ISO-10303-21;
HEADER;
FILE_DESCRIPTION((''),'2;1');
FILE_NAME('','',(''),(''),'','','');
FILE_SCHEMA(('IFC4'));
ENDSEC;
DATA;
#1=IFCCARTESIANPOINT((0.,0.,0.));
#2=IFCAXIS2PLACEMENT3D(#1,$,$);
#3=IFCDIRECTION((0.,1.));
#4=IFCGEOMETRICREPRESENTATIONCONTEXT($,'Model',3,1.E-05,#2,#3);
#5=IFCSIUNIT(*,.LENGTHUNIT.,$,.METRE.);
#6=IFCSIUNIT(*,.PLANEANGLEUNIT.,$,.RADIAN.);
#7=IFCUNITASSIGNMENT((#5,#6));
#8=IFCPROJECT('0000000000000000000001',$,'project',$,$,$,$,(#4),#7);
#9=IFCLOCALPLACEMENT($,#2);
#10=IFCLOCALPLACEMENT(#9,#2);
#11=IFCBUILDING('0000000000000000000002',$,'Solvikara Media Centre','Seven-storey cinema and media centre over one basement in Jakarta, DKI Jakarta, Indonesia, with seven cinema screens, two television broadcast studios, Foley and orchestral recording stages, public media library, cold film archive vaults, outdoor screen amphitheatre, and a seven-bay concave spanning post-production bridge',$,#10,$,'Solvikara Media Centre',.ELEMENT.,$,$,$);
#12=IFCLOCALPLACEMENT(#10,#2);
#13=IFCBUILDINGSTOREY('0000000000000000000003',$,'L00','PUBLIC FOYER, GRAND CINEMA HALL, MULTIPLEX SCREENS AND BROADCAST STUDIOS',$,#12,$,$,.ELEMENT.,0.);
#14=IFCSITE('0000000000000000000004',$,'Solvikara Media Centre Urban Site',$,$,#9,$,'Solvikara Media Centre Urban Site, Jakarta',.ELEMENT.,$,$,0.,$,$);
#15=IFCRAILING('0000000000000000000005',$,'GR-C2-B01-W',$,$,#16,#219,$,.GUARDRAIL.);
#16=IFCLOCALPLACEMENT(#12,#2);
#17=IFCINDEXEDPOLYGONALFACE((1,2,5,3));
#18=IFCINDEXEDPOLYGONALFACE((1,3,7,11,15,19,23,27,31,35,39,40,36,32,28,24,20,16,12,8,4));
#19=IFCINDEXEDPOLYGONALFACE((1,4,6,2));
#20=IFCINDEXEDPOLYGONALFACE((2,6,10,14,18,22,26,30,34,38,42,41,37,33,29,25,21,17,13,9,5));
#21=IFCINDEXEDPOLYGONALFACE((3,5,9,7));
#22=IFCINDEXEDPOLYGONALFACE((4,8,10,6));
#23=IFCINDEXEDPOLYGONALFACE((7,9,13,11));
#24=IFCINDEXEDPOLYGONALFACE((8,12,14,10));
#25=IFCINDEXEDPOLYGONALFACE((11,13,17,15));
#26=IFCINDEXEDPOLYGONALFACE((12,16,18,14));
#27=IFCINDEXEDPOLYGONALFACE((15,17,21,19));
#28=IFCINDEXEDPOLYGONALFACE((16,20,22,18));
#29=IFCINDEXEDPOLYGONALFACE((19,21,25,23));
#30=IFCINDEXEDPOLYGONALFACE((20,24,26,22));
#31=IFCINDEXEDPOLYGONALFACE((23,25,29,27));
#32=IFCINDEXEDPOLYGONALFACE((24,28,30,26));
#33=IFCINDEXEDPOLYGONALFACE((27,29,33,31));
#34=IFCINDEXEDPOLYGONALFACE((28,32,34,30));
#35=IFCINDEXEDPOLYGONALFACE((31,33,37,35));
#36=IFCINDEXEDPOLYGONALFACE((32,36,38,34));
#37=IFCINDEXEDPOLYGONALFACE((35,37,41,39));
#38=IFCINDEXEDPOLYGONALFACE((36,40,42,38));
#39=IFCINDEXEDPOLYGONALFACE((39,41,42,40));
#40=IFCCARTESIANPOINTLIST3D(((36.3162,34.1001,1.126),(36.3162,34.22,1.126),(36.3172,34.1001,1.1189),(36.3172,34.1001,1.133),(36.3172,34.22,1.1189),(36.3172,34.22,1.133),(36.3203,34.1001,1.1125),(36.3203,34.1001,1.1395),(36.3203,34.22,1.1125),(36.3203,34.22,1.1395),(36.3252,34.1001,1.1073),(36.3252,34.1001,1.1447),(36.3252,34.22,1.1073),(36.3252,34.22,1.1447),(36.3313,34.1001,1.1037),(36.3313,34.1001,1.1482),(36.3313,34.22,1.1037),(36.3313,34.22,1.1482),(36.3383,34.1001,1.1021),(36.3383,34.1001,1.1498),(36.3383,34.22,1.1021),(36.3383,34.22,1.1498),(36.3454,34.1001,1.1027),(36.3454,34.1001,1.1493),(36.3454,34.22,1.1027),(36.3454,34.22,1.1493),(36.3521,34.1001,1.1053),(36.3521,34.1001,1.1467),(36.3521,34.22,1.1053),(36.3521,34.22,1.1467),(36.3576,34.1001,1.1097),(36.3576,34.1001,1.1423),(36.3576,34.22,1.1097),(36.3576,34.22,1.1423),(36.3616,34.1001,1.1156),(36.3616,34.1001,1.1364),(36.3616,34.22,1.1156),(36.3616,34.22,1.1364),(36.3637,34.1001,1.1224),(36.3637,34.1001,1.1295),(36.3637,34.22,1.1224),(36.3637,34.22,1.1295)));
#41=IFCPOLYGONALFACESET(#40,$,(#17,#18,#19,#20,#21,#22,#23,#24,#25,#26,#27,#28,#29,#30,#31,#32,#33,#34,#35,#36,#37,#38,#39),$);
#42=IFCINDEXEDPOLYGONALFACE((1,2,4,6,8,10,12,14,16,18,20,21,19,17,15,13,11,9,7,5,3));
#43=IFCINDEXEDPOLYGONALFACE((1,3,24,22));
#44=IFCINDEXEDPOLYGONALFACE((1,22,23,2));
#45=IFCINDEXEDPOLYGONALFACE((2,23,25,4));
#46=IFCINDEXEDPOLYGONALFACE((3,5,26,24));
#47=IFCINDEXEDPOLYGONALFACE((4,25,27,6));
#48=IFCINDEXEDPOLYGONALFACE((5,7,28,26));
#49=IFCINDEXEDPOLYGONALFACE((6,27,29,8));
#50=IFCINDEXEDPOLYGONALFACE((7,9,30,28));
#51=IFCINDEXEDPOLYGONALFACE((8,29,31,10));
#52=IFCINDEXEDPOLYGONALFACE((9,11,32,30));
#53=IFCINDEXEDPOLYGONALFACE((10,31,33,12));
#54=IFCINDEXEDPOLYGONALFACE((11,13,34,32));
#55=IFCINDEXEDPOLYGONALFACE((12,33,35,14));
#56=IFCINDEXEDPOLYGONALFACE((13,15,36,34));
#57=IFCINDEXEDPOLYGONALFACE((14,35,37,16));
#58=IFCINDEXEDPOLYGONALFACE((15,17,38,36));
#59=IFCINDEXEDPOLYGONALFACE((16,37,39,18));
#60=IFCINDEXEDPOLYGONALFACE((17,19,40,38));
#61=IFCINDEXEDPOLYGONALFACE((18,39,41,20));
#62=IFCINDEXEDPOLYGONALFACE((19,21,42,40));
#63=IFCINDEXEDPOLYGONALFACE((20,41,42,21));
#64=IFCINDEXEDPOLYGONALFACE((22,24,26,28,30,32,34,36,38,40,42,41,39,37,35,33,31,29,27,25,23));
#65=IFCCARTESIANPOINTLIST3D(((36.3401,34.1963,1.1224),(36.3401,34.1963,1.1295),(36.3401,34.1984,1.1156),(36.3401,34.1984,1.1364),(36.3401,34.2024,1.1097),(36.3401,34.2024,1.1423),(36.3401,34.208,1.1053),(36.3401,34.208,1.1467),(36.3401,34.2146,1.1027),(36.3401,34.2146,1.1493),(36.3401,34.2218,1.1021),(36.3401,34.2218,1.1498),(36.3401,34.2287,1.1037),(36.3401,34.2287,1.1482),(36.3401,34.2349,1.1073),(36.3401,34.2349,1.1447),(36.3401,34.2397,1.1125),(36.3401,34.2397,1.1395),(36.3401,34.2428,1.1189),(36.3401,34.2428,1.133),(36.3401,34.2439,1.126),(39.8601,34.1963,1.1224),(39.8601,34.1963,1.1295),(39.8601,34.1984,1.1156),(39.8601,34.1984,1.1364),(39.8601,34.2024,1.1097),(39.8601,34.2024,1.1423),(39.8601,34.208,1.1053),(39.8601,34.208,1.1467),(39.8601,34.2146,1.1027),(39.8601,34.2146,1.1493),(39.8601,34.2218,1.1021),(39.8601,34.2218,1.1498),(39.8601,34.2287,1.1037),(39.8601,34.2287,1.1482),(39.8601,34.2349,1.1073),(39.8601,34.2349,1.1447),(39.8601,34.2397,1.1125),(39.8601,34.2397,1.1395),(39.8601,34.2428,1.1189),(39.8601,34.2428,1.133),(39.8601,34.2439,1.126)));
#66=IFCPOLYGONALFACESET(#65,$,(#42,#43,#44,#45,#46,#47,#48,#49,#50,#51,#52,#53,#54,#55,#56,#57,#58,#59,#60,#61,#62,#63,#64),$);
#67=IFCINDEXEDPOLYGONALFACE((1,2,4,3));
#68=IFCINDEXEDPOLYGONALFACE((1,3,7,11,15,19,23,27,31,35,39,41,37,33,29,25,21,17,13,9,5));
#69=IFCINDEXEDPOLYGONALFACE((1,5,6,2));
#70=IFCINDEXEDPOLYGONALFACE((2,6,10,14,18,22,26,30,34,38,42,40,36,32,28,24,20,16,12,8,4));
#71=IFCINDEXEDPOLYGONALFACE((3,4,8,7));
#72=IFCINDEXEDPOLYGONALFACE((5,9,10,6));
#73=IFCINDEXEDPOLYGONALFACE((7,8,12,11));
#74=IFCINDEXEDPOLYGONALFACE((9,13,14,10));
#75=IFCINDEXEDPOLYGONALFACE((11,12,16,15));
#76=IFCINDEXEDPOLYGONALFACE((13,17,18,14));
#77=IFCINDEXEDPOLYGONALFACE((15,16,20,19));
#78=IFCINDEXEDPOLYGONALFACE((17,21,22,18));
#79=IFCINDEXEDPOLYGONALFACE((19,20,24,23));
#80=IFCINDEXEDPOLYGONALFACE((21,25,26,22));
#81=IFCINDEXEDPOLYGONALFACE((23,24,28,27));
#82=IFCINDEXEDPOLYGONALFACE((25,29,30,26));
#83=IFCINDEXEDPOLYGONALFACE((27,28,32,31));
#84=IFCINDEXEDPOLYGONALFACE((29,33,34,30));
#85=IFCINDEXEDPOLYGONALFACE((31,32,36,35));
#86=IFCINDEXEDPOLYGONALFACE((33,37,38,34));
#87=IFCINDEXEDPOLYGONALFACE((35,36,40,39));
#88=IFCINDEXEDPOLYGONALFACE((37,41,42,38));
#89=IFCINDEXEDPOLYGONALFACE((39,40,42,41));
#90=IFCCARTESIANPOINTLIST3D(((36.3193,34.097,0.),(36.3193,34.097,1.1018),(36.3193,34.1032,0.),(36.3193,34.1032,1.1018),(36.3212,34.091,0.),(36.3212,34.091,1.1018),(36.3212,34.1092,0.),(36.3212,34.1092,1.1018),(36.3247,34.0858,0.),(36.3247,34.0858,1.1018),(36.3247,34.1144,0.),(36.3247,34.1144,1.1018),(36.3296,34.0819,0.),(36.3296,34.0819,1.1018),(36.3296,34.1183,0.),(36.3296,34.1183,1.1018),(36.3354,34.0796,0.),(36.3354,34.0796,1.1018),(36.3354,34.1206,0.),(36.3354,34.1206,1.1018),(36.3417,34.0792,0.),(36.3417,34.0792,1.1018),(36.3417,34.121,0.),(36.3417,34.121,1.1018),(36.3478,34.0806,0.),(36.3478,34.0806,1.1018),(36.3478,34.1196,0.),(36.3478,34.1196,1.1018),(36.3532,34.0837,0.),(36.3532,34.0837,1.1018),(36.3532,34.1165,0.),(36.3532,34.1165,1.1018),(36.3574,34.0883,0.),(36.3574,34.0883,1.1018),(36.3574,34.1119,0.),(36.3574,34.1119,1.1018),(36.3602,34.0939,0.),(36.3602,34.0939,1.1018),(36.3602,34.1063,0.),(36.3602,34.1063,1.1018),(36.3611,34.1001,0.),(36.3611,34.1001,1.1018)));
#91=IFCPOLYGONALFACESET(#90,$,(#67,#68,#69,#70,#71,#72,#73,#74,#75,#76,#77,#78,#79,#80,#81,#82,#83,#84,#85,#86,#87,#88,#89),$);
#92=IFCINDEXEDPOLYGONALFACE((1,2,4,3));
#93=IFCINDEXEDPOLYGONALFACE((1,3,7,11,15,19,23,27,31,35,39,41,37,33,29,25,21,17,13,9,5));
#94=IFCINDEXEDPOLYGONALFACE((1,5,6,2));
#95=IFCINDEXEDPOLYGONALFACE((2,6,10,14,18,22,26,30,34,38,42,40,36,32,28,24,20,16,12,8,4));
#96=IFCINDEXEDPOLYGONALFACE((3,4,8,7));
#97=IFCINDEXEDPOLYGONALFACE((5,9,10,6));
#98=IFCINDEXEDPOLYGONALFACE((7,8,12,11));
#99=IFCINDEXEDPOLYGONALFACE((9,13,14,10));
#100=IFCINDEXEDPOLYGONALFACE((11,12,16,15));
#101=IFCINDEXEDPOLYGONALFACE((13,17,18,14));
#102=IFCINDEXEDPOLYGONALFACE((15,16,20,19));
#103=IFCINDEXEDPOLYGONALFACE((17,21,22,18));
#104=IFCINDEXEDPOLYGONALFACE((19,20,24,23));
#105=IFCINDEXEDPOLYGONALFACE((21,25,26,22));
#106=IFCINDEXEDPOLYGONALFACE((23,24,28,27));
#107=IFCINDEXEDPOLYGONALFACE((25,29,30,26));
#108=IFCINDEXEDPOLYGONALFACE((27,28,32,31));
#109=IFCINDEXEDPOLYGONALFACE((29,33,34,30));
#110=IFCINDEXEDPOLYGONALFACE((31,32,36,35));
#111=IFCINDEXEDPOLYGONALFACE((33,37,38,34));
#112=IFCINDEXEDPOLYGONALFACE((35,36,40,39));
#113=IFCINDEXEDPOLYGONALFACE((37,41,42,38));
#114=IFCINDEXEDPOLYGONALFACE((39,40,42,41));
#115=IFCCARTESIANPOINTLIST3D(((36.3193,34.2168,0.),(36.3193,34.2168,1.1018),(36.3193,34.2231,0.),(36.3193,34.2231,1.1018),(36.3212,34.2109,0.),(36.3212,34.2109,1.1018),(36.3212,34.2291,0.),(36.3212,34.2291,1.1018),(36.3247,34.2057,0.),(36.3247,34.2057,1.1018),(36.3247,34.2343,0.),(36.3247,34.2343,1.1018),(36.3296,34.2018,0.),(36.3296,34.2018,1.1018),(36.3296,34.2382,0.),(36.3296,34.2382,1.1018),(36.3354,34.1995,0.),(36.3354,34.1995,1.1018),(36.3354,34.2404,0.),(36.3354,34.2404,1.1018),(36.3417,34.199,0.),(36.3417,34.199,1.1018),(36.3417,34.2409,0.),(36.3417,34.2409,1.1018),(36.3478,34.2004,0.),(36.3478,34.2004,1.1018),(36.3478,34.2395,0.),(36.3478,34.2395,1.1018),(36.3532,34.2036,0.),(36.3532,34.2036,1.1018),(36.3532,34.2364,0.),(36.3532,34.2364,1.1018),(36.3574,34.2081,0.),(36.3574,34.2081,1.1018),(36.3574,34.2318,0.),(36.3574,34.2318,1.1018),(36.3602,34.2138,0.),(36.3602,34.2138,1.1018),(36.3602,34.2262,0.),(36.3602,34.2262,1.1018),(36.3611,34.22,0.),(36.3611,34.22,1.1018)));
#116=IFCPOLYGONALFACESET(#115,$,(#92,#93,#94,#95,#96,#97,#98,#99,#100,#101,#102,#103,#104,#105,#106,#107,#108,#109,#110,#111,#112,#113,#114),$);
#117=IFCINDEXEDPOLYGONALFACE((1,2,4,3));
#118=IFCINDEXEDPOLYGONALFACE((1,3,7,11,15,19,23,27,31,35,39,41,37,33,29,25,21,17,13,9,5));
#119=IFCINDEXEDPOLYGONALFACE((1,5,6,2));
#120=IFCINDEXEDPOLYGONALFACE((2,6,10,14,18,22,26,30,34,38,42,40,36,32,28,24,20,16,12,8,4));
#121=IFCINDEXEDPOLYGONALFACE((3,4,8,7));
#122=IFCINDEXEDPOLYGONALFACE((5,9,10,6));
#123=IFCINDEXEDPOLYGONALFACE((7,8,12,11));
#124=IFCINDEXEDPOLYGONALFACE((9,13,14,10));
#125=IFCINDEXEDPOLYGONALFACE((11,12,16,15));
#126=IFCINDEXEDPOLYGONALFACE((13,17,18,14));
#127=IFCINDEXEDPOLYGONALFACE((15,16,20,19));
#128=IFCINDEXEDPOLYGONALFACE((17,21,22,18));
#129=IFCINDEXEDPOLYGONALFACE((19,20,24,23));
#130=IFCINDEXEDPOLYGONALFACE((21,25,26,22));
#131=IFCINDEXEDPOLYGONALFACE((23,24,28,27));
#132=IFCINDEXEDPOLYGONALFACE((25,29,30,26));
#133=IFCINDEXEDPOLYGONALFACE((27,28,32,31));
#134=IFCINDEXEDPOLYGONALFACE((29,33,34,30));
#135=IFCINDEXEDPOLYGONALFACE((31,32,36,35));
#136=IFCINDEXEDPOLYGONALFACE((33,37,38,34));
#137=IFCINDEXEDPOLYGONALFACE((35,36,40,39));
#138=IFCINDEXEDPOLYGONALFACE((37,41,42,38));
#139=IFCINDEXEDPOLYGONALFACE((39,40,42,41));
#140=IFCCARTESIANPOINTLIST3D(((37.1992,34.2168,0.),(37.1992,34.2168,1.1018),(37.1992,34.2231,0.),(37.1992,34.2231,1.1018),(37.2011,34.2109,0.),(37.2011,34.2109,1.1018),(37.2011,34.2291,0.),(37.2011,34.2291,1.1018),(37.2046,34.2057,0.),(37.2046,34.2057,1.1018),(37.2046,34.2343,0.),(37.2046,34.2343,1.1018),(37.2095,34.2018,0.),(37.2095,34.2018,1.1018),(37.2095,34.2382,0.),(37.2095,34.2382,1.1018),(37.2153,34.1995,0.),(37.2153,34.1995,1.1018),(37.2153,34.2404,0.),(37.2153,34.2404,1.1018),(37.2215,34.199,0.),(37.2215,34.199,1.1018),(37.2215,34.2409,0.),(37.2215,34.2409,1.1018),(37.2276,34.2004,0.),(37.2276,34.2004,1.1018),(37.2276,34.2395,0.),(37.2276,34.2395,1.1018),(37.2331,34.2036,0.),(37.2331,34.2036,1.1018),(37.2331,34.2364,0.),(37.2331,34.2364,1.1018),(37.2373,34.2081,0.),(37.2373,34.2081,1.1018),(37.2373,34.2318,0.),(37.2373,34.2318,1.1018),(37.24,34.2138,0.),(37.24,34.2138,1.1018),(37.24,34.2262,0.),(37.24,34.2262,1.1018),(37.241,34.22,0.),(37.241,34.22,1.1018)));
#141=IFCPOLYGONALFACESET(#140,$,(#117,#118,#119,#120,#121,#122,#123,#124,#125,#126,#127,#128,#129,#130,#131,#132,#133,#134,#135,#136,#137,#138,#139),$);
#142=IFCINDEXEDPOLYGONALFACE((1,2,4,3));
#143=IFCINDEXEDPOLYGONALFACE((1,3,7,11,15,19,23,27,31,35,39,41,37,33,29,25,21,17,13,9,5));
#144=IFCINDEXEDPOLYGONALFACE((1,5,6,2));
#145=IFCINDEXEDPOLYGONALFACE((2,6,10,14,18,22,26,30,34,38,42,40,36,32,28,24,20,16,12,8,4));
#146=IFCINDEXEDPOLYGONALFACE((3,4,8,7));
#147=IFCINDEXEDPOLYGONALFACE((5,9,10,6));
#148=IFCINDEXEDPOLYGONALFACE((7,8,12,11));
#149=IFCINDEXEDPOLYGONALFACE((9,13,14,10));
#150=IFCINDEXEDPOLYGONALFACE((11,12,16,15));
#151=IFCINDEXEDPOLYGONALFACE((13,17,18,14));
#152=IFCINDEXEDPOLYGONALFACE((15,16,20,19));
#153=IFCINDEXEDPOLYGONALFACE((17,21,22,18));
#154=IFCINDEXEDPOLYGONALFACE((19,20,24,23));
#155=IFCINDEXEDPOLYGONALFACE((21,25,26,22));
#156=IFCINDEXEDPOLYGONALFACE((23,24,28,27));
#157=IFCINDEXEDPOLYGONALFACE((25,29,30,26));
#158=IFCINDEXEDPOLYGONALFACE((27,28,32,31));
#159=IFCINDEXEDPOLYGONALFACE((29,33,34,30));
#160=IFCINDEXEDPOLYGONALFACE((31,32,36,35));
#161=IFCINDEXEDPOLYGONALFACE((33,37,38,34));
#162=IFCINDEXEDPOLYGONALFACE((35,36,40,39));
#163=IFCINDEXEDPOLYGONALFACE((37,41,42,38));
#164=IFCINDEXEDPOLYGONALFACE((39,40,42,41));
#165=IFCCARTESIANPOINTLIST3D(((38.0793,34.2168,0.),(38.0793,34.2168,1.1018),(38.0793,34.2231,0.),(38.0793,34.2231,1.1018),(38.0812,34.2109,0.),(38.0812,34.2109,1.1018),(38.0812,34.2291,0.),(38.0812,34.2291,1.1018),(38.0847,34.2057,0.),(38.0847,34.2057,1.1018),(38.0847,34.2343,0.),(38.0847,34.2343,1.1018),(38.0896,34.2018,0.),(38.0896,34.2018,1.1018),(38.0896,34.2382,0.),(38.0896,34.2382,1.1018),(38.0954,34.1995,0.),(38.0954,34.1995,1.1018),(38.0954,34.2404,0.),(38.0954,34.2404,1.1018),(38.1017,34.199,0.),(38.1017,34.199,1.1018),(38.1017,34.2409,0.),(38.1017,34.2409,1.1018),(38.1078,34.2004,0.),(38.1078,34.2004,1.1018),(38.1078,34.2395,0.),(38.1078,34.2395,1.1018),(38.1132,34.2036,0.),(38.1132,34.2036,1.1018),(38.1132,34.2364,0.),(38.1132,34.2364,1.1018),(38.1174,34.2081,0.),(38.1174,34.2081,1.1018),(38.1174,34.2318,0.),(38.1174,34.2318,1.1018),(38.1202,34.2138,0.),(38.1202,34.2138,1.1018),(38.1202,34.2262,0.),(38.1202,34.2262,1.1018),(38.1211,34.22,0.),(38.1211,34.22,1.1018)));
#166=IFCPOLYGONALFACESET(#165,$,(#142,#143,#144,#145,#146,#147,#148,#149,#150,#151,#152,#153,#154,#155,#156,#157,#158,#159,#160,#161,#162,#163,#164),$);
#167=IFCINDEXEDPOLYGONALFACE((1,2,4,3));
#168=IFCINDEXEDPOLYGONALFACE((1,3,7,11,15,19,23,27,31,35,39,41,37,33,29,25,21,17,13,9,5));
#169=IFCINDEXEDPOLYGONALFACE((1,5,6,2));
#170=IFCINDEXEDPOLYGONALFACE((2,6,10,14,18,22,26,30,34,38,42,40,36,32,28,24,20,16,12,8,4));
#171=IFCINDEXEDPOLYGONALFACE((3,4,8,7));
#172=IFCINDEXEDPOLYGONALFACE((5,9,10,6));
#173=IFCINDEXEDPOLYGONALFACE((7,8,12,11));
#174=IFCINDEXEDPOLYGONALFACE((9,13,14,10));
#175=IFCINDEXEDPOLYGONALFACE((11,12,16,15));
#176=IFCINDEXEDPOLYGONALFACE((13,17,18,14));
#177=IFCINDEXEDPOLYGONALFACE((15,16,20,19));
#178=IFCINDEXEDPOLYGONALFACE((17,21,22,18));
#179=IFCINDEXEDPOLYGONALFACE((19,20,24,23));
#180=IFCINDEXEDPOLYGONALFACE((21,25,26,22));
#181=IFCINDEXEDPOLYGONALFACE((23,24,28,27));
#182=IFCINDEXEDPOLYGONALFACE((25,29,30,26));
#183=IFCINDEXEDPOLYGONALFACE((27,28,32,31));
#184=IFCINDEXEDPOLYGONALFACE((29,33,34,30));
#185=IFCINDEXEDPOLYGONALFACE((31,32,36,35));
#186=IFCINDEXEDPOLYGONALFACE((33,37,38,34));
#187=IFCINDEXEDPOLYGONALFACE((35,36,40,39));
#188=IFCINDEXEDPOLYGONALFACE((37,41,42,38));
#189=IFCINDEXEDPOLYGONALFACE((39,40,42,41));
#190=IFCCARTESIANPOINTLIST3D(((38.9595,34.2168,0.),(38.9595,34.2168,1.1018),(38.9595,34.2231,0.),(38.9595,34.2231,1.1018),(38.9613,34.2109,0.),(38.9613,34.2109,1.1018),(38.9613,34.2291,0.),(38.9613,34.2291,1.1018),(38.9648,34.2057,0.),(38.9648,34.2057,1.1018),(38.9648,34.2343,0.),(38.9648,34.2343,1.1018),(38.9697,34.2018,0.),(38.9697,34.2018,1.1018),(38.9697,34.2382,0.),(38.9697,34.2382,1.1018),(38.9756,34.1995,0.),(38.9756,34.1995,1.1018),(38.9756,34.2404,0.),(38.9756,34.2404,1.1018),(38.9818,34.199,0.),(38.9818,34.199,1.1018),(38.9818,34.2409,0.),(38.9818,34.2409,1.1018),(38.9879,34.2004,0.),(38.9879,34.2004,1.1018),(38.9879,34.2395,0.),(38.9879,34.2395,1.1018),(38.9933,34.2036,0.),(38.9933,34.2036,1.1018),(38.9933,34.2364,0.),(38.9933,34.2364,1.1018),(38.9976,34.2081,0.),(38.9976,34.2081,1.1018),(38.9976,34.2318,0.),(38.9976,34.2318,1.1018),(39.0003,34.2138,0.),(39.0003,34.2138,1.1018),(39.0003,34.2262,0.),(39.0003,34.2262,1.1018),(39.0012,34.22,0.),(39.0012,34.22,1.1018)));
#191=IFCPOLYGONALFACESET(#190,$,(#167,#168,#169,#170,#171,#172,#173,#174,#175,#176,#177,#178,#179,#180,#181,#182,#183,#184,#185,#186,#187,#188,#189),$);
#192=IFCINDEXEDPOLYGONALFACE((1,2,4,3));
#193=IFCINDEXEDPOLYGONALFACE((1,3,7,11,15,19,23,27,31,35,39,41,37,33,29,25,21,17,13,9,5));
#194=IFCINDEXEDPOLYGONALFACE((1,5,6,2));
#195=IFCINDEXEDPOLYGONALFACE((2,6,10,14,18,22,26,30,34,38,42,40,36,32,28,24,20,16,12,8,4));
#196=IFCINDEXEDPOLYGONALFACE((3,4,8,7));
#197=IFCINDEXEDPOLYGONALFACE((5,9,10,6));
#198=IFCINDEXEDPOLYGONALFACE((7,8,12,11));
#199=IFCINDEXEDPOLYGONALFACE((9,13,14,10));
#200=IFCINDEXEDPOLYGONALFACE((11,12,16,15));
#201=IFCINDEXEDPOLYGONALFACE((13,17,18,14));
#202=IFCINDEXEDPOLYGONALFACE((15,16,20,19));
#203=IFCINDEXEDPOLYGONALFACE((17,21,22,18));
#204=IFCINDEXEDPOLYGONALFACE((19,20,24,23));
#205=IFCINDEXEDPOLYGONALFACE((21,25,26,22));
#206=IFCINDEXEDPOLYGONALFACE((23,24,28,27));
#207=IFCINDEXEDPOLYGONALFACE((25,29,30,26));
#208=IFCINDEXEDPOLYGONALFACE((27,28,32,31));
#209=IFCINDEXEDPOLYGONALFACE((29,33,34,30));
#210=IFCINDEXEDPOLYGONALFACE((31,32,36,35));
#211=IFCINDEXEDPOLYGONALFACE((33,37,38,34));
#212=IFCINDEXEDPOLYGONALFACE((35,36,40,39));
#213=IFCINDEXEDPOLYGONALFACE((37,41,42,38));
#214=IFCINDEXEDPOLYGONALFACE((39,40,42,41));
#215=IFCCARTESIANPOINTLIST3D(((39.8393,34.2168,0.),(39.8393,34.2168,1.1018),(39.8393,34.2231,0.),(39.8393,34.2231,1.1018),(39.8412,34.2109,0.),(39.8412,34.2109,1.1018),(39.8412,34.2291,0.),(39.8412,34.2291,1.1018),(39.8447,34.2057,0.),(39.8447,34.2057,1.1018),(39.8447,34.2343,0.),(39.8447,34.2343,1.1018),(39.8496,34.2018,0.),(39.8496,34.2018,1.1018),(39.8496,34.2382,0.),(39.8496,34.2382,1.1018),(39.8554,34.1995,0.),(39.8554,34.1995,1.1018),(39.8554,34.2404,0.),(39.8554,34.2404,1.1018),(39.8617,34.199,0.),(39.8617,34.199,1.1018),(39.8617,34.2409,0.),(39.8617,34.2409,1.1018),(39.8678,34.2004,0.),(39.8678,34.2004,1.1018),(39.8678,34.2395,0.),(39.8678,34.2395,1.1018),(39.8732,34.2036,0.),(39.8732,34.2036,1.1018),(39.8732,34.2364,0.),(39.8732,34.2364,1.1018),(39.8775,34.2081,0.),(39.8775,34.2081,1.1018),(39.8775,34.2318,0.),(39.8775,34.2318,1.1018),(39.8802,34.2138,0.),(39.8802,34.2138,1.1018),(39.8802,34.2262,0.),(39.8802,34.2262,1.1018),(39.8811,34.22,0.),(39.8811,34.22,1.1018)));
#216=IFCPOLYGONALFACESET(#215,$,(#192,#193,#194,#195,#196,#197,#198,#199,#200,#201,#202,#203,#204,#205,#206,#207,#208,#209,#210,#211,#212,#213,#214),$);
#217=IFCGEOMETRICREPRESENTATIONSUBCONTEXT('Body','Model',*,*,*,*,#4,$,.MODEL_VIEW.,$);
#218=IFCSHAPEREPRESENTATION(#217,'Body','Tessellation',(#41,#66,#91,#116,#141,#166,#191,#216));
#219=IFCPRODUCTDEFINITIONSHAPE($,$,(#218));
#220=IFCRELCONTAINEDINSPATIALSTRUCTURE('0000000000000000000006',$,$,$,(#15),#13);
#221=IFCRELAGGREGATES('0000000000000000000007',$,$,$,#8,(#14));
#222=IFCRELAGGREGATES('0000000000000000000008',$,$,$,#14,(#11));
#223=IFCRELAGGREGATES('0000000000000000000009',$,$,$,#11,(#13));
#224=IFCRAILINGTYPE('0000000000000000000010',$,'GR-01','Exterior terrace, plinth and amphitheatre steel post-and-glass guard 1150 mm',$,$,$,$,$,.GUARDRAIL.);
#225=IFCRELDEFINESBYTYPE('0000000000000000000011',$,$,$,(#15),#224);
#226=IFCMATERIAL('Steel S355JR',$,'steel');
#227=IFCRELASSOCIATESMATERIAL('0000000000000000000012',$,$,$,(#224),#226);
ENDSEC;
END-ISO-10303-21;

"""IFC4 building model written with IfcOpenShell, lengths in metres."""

from ifc_helpers import new_model, si_unit, direction, frame, origin, origin_2d, place, context, subcontext, project, spatial, circle, extrude, material, type_object, element, save


model = new_model("IFC4")

# Units and contexts
model_context = context("Model", 3, precision=1e-05, world=origin(), true_north=direction((0.0, 1.0)))
body_context = subcontext(model_context, "Body", "Model", "MODEL_VIEW")
ifc_project = project(units=[si_unit("LENGTHUNIT", "METRE"), si_unit("PLANEANGLEUNIT", "RADIAN")], contexts=[model_context])

# Site, building, storey
site_placement = place(None, origin())
site = spatial("IfcSite", under=ifc_project, at=site_placement, Name="Solvikara Media Centre Urban Site", LongName="Solvikara Media Centre Urban Site, Jakarta", CompositionType="ELEMENT", RefElevation=0.0)
building_placement = place(site_placement, origin())
building = spatial("IfcBuilding", under=site, at=building_placement, Name="Solvikara Media Centre", Description="Seven-storey cinema and media centre over one basement in Jakarta, DKI Jakarta, Indonesia, with seven cinema screens, two television broadcast studios, Foley and orchestral recording stages, public media library, cold film archive vaults, outdoor screen amphitheatre, and a seven-bay concave spanning post-production bridge", LongName="Solvikara Media Centre", CompositionType="ELEMENT")
storey_placement = place(building_placement, origin())
storey = spatial("IfcBuildingStorey", under=building, at=storey_placement, Name="L00", Description="PUBLIC FOYER, GRAND CINEMA HALL, MULTIPLEX SCREENS AND BROADCAST STUDIOS", CompositionType="ELEMENT", Elevation=0.0)

# Shared definitions
ifc_material_1 = material(Name="Steel S355JR", Category="steel")

# Railing
railing_type_1 = type_object("IfcRailingType", Name="GR-01", Description="Exterior terrace, plinth and amphitheatre steel post-and-glass guard 1150 mm", PredefinedType="GUARDRAIL", material=ifc_material_1)
railing_1_placement = place(storey_placement, frame((36.3401, 34.1001, 0.0)))
element("IfcRailing", 1, at=railing_1_placement, inside=storey, type_object=railing_type_1, Name="GR-C2-B01-W", PredefinedType="GUARDRAIL", context=body_context, shape_type="SweptSolid", body=[
    extrude(circle(Radius=0.0239, at=origin_2d()), frame((0.0, 0.0, 1.126), z_axis=(0.0, 1.0, 0.0), x_axis=(-1.0, 0.0, 0.0)), (0.0, 0.0, 1.0), 0.1199),
    extrude(circle(Radius=0.0239, at=origin_2d()), frame((0.0, 0.1199, 1.126), z_axis=(1.0, 0.0, 0.0), x_axis=(0.0, 1.0, 0.0)), (0.0, 0.0, 1.0), 3.52),
    extrude(circle(Radius=0.021, at=origin_2d()), origin(), (0.0, 0.0, 1.0), 1.1018),
    extrude(circle(Radius=0.021, at=origin_2d()), frame((0.0, 0.1199, 0.0)), (0.0, 0.0, 1.0), 1.1018),
    extrude(circle(Radius=0.021, at=origin_2d()), frame((0.8799, 0.1199, 0.0)), (0.0, 0.0, 1.0), 1.1018),
    extrude(circle(Radius=0.021, at=origin_2d()), frame((1.76, 0.1199, 0.0)), (0.0, 0.0, 1.0), 1.1018),
    extrude(circle(Radius=0.021, at=origin_2d()), frame((2.6401, 0.1199, 0.0)), (0.0, 0.0, 1.0), 1.1018),
    extrude(circle(Radius=0.021, at=origin_2d()), frame((3.52, 0.1199, 0.0)), (0.0, 0.0, 1.0), 1.1018),
])

save(model, "model.ifc")
